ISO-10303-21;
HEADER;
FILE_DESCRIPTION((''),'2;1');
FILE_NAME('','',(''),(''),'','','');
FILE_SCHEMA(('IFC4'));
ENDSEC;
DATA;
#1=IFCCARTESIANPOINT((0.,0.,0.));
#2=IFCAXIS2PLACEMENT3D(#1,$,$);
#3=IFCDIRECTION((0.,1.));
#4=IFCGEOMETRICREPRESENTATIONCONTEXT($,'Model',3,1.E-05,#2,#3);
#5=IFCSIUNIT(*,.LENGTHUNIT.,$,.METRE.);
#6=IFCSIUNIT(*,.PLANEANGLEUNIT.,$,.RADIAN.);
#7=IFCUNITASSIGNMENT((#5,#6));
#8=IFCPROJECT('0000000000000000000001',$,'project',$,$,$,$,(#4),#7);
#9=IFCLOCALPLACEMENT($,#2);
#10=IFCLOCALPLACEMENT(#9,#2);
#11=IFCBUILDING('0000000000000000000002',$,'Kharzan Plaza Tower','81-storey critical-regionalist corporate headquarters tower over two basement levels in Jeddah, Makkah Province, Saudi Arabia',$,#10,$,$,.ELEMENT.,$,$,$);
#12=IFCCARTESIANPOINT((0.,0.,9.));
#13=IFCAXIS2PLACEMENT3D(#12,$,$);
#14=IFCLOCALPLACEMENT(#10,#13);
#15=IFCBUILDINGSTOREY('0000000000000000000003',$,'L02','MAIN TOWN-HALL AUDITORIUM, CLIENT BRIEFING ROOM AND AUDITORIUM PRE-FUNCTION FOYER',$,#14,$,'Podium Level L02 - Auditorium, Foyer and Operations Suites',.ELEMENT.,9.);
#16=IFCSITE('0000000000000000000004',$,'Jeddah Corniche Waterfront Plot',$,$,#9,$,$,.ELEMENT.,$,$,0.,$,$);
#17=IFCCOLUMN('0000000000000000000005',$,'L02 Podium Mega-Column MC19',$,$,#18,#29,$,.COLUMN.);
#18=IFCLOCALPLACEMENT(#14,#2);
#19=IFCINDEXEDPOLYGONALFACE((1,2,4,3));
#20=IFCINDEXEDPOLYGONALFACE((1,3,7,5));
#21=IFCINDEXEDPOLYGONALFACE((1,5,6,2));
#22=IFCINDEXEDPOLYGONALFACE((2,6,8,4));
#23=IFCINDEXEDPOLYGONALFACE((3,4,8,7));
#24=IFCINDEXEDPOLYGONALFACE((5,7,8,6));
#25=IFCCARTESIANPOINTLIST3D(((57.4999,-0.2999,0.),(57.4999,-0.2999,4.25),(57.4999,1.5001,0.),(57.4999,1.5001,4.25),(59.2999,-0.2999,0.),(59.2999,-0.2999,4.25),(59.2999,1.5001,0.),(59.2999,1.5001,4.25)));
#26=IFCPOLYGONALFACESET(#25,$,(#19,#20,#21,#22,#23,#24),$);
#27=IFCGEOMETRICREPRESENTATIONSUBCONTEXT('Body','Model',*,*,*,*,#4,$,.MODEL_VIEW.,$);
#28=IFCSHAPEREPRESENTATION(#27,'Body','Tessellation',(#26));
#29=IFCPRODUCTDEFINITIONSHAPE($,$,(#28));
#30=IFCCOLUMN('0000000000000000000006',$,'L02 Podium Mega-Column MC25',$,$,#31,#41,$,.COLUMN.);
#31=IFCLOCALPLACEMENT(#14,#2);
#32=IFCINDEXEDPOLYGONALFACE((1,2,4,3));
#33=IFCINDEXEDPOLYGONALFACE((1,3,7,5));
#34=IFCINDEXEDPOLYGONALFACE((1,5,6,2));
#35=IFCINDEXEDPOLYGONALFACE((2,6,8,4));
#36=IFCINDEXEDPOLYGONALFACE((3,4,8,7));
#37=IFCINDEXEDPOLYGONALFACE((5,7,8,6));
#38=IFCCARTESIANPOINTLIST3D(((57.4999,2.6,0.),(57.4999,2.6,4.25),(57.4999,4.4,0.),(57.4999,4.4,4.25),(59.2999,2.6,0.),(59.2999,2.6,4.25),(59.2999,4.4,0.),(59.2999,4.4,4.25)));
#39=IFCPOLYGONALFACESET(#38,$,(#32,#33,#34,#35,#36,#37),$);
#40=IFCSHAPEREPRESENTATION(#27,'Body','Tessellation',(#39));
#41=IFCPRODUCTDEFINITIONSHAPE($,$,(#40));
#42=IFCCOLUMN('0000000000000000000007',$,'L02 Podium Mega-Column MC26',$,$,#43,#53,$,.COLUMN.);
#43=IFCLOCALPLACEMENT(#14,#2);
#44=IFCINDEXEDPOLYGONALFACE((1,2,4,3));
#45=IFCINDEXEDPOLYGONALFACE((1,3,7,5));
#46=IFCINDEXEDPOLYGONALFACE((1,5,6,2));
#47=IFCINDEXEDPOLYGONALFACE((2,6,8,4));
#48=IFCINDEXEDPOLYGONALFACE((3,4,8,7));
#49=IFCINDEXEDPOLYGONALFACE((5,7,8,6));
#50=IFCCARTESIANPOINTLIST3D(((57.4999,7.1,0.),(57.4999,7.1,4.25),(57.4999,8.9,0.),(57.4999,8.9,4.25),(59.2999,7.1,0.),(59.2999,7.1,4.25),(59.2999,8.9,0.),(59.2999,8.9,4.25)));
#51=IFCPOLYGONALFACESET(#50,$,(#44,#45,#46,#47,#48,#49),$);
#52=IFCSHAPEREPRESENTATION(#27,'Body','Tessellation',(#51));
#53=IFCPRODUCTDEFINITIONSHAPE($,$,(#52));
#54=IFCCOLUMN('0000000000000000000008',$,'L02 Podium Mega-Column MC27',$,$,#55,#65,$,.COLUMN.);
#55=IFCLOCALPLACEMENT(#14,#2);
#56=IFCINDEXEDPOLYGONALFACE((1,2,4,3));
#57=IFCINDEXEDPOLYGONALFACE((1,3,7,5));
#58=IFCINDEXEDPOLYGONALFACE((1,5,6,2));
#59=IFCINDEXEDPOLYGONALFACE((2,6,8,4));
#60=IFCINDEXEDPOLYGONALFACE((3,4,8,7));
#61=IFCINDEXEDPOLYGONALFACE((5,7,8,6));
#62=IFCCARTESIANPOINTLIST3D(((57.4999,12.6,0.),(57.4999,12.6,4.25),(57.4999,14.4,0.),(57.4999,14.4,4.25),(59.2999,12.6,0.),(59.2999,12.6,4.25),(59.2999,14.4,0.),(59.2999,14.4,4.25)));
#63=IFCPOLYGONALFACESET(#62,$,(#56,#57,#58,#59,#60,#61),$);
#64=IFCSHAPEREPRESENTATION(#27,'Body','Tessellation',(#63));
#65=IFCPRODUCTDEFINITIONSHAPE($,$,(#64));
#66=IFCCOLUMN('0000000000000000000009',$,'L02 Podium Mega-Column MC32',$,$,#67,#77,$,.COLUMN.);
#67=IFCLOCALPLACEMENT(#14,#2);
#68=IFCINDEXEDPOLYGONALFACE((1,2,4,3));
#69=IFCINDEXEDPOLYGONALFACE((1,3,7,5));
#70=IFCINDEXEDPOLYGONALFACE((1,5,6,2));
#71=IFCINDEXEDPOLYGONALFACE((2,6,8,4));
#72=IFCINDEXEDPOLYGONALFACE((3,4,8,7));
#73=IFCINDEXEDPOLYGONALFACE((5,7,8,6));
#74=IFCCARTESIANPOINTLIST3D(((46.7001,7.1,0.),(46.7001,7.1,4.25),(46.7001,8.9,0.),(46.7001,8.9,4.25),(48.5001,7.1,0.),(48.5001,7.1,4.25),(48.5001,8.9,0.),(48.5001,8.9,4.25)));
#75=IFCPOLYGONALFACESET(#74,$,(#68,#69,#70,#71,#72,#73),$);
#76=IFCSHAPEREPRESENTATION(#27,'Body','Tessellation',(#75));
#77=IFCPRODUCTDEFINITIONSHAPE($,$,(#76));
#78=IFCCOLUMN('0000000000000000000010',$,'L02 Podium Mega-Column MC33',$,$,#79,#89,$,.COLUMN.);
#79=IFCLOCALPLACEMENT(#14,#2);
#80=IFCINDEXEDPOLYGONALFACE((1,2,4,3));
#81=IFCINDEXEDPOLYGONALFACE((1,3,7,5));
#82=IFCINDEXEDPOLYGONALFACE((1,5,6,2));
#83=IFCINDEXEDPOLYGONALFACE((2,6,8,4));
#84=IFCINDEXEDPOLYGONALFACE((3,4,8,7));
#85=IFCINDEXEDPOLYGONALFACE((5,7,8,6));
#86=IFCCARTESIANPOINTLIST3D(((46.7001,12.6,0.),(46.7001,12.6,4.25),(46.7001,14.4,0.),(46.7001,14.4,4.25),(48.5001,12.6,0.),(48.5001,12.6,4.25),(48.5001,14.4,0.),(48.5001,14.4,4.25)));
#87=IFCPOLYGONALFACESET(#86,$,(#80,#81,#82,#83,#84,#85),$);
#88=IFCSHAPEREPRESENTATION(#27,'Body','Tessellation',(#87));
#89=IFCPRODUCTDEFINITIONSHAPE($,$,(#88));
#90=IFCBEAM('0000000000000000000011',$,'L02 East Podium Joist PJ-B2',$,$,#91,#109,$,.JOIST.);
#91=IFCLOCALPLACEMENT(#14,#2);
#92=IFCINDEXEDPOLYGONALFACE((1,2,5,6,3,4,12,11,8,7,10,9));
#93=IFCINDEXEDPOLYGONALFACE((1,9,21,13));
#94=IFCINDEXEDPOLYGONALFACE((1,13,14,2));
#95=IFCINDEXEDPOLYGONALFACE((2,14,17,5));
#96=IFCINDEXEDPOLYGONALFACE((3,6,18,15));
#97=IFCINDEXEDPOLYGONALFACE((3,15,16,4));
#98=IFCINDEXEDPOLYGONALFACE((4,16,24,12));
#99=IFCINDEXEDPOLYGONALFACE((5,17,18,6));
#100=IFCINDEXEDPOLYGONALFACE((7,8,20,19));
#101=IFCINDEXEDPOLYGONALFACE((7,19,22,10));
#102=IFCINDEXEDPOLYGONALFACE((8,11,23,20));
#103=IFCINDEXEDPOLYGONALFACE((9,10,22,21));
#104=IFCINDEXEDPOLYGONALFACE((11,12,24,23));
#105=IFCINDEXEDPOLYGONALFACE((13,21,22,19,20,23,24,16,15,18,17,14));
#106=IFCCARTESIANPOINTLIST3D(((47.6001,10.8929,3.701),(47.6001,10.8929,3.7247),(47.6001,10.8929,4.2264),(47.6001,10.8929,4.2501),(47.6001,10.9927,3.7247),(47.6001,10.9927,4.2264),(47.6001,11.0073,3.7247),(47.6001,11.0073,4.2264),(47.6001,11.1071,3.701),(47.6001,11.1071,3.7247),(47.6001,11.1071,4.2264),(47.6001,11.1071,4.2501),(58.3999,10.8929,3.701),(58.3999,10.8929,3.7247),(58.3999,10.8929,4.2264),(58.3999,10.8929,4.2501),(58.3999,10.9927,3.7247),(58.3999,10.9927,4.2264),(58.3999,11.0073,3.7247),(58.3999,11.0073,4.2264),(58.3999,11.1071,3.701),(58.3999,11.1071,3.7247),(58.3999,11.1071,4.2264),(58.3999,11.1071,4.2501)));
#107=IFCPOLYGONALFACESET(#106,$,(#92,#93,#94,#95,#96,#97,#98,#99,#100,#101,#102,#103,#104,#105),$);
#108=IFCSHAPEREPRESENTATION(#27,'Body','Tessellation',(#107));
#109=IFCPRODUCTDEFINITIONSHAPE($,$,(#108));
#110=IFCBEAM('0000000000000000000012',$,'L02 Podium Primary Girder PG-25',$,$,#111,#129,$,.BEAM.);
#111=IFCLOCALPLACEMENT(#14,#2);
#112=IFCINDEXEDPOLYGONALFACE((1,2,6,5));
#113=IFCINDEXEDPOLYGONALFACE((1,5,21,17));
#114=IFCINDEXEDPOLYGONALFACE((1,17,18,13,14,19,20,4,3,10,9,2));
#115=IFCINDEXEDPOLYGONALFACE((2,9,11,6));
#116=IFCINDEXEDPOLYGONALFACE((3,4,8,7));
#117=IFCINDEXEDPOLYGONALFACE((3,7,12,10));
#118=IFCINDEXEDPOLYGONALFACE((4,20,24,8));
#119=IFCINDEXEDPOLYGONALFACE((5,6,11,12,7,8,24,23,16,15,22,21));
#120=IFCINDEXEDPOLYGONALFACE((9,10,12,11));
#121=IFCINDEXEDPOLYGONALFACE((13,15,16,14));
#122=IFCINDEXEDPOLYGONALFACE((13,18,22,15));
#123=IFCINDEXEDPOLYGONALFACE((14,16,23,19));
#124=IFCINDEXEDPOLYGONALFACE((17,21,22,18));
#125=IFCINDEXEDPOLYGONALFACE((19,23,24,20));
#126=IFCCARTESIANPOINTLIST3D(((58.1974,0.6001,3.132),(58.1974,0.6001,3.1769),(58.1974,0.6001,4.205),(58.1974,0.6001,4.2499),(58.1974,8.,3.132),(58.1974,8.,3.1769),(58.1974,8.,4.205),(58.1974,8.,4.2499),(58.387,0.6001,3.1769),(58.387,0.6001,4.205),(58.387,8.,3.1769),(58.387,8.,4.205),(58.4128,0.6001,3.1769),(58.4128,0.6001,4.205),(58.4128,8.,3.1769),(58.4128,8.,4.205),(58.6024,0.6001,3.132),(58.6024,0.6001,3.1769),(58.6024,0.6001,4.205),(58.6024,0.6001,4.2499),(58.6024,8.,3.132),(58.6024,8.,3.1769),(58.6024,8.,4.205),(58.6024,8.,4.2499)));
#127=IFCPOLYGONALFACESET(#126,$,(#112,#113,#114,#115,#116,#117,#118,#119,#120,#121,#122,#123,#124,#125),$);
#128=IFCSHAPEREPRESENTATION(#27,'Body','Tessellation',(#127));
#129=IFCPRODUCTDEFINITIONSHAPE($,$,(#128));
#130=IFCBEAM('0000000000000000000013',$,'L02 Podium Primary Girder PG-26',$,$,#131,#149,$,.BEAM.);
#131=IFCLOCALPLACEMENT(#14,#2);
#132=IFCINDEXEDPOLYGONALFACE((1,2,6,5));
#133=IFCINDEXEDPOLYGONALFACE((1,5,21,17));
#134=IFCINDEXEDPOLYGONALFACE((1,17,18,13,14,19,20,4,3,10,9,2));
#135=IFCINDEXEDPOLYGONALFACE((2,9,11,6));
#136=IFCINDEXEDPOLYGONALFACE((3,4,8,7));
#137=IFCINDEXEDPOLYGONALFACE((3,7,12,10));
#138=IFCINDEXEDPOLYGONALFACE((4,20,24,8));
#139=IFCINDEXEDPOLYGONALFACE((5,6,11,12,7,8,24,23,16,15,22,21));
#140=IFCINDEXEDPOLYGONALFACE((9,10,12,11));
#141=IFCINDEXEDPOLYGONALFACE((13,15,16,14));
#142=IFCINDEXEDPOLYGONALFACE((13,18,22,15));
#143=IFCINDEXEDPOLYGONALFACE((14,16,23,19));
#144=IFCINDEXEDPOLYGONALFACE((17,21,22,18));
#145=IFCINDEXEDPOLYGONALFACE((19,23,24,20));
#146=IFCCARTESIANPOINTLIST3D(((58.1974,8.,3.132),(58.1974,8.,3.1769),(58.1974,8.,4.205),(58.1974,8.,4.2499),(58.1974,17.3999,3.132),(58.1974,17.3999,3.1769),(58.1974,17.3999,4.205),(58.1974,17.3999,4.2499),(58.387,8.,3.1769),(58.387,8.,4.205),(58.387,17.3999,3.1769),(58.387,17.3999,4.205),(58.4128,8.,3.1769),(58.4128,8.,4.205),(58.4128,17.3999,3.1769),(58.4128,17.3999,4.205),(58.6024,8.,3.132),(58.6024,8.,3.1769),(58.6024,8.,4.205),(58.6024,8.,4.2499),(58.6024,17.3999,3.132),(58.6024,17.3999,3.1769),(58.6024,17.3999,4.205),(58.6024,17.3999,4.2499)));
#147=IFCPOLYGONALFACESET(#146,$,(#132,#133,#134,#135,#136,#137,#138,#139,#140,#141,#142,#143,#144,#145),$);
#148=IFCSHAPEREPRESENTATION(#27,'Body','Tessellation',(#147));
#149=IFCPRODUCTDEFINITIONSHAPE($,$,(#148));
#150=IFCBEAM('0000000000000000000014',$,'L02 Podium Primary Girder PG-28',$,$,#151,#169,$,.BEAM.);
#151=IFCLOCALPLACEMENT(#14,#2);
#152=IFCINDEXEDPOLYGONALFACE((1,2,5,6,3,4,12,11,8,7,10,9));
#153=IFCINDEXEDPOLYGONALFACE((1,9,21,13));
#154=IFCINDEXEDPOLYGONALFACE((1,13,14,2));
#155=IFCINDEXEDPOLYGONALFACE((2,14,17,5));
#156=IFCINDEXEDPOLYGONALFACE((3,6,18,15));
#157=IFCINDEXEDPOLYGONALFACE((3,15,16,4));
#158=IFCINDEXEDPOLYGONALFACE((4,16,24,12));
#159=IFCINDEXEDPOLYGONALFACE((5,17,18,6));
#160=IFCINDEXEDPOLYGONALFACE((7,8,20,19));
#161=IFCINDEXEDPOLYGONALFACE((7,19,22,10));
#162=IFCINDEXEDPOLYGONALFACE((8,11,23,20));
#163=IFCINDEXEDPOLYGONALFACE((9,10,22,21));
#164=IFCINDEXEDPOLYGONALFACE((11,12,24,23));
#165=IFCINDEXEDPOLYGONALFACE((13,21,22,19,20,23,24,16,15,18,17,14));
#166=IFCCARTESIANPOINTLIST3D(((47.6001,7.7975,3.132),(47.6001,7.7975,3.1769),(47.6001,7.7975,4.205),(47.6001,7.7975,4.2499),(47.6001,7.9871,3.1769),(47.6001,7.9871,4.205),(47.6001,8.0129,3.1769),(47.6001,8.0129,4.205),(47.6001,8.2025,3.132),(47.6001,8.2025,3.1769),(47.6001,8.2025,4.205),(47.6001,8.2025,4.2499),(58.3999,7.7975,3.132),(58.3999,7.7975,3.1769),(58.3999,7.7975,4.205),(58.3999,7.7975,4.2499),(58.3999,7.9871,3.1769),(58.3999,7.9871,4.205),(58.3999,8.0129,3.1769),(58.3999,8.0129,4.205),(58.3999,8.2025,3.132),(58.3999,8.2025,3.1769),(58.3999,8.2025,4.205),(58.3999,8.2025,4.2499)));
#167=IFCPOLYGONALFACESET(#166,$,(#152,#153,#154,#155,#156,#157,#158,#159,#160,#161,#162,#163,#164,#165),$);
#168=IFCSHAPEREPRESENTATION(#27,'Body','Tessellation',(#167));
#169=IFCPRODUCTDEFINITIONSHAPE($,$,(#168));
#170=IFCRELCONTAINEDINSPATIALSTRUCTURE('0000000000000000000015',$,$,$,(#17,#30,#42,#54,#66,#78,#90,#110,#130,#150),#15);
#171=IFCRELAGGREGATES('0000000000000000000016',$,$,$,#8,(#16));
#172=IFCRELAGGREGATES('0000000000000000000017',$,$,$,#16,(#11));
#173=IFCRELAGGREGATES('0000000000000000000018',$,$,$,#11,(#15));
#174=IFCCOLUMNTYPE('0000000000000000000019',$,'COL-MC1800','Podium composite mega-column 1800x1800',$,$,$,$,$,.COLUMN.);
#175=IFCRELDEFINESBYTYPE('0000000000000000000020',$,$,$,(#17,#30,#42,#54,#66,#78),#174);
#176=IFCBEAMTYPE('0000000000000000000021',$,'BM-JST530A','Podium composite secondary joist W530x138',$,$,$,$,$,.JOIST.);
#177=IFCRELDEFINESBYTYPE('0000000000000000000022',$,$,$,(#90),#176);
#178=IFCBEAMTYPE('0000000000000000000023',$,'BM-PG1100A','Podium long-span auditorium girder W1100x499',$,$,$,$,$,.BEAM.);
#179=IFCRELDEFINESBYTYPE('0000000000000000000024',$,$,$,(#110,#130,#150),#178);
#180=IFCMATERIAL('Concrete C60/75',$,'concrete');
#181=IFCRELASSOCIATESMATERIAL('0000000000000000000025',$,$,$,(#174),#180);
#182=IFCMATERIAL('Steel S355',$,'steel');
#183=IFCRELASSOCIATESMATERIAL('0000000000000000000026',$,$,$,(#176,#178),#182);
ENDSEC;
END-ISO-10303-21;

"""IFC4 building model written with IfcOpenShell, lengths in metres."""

from ifc_helpers import new_model, si_unit, direction, frame, origin, origin_2d, place, context, subcontext, project, spatial, rectangle, i_section, extrude, source, transform, mapped, material, material_profile, profile_set, type_object, element, save


model = new_model("IFC4")

# Units and contexts
model_context = context("Model", 3, precision=1e-05, world=origin(), true_north=direction((0.0, 1.0)))
body_context = subcontext(model_context, "Body", "Model", "MODEL_VIEW")
ifc_project = project(units=[si_unit("LENGTHUNIT", "METRE"), si_unit("PLANEANGLEUNIT", "RADIAN")], contexts=[model_context])

# Site, building, storey
site_placement = place(None, origin())
site = spatial("IfcSite", under=ifc_project, at=site_placement, Name="Jeddah Corniche Waterfront Plot", CompositionType="ELEMENT", RefElevation=0.0)
building_placement = place(site_placement, origin())
building = spatial("IfcBuilding", under=site, at=building_placement, Name="Kharzan Plaza Tower", Description="81-storey critical-regionalist corporate headquarters tower over two basement levels in Jeddah, Makkah Province, Saudi Arabia", CompositionType="ELEMENT")
storey_placement = place(building_placement, frame((0.0, 0.0, 9.0)))
storey = spatial("IfcBuildingStorey", under=building, at=storey_placement, Name="L02", Description="MAIN TOWN-HALL AUDITORIUM, CLIENT BRIEFING ROOM AND AUDITORIUM PRE-FUNCTION FOYER", LongName="Podium Level L02 - Auditorium, Foyer and Operations Suites", CompositionType="ELEMENT", Elevation=9.0)

# Columns
ifc_material_1 = material(Name="Concrete C60/75", Category="concrete")
ifc_material_profile_1 = material_profile(ifc_material_1, rectangle(XDim=1.8, YDim=1.8, at=origin_2d()), Name="RC-MC1800x1800")
ifc_profile_set_1 = profile_set([ifc_material_profile_1], Name="Concrete C60/75")
column_type = type_object("IfcColumnType", Name="COL-MC1800", Description="Podium composite mega-column 1800x1800", PredefinedType="COLUMN", material=ifc_profile_set_1)
shared_shape_1 = source(origin(), body_context, "Body", "SweptSolid", [
    extrude(rectangle(XDim=1.8, YDim=1.8, at=origin_2d()), origin(), (0.0, 0.0, 1.0), 4.25),
])
for number, where, z_axis, x_axis, name in (
    (1, (58.3999, 0.6001, 0.0), (0.0, 0.0, 1.0), (1.0, 0.0, 0.0), "L02 Podium Mega-Column MC19"),
    (2, (58.3999, 3.5, 0.0), (0.0, 0.0, 1.0), (1.0, 0.0, 0.0), "L02 Podium Mega-Column MC25"),
    (3, (58.3999, 8.0, 0.0), (0.0, 0.0, 1.0), (1.0, 0.0, 0.0), "L02 Podium Mega-Column MC26"),
    (4, (58.3999, 13.5, 0.0), (0.0, 0.0, 1.0), (1.0, 0.0, 0.0), "L02 Podium Mega-Column MC27"),
    (5, (47.6001, 8.0, 0.0), (0.0, 0.0, 1.0), (1.0, 0.0, 0.0), "L02 Podium Mega-Column MC32"),
    (6, (47.6001, 13.5, 0.0), (0.0, 0.0, 1.0), (1.0, 0.0, 0.0), "L02 Podium Mega-Column MC33"),
):
    element("IfcColumn", number, at=place(storey_placement, frame(where, z_axis=z_axis, x_axis=x_axis)), inside=storey, type_object=column_type, Name=name, PredefinedType="COLUMN", context=body_context, shape_type="MappedRepresentation", body=[
        mapped(shared_shape_1, transform((0.0, 0.0, 0.0), x_axis=(1.0, 0.0, 0.0), y_axis=(0.0, 1.0, 0.0), z_axis=(0.0, 0.0, 1.0))),
    ])

# Beams
ifc_material_2 = material(Name="Steel S355", Category="steel")
ifc_material_profile_2 = material_profile(ifc_material_2, i_section(OverallWidth=0.2141, OverallDepth=0.5491, WebThickness=0.0146, FlangeThickness=0.0237, at=origin_2d()), Name="W530x138")
ifc_profile_set_2 = profile_set([ifc_material_profile_2], Name="Steel S355")
beam_type_1 = type_object("IfcBeamType", Name="BM-JST530A", Description="Podium composite secondary joist W530x138", PredefinedType="JOIST", material=ifc_profile_set_2)
shared_shape_2 = source(origin(), body_context, "Body", "SweptSolid", [
    extrude(i_section(OverallWidth=0.2141, OverallDepth=0.5491, WebThickness=0.0146, FlangeThickness=0.0237, at=origin_2d()), origin(), (0.0, 0.0, 1.0), 10.7998),
])
beam_1_placement = place(storey_placement, frame((47.6001, 11.0, 3.9756), z_axis=(1.0, 0.0, 0.0), x_axis=(0.0, 1.0, 0.0)))
element("IfcBeam", 7, at=beam_1_placement, inside=storey, type_object=beam_type_1, Name="L02 East Podium Joist PJ-B2", PredefinedType="JOIST", context=body_context, shape_type="MappedRepresentation", body=[
    mapped(shared_shape_2, transform((0.0, 0.0, 0.0), x_axis=(1.0, 0.0, 0.0), y_axis=(0.0, 1.0, 0.0), z_axis=(0.0, 0.0, 1.0))),
])
ifc_material_profile_3 = material_profile(ifc_material_2, i_section(OverallWidth=0.405, OverallDepth=1.1179, WebThickness=0.0259, FlangeThickness=0.0449, at=origin_2d()), Name="W1100x499")
ifc_profile_set_3 = profile_set([ifc_material_profile_3], Name="Steel S355")
beam_type_2 = type_object("IfcBeamType", Name="BM-PG1100A", Description="Podium long-span auditorium girder W1100x499", PredefinedType="BEAM", material=ifc_profile_set_3)
shared_shape_3 = source(origin(), body_context, "Body", "SweptSolid", [
    extrude(i_section(OverallWidth=0.405, OverallDepth=1.1179, WebThickness=0.0259, FlangeThickness=0.0449, at=origin_2d()), origin(), (0.0, 0.0, 1.0), 7.3999),
])
beam_2_placement = place(storey_placement, frame((58.3999, 0.6001, 3.6909), z_axis=(0.0, 1.0, 0.0), x_axis=(-1.0, 0.0, 0.0)))
element("IfcBeam", 8, at=beam_2_placement, inside=storey, type_object=beam_type_2, Name="L02 Podium Primary Girder PG-25", PredefinedType="BEAM", context=body_context, shape_type="MappedRepresentation", body=[
    mapped(shared_shape_3, transform((0.0, 0.0, 0.0), x_axis=(1.0, 0.0, 0.0), y_axis=(0.0, 1.0, 0.0), z_axis=(0.0, 0.0, 1.0))),
])
shared_shape_4 = source(origin(), body_context, "Body", "SweptSolid", [
    extrude(i_section(OverallWidth=0.405, OverallDepth=1.1179, WebThickness=0.0259, FlangeThickness=0.0449, at=origin_2d()), origin(), (0.0, 0.0, 1.0), 9.3999),
])
beam_3_placement = place(storey_placement, frame((58.3999, 8.0, 3.6909), z_axis=(0.0, 1.0, 0.0), x_axis=(-1.0, 0.0, 0.0)))
element("IfcBeam", 9, at=beam_3_placement, inside=storey, type_object=beam_type_2, Name="L02 Podium Primary Girder PG-26", PredefinedType="BEAM", context=body_context, shape_type="MappedRepresentation", body=[
    mapped(shared_shape_4, transform((0.0, 0.0, 0.0), x_axis=(1.0, 0.0, 0.0), y_axis=(0.0, 1.0, 0.0), z_axis=(0.0, 0.0, 1.0))),
])
shared_shape_5 = source(origin(), body_context, "Body", "SweptSolid", [
    extrude(i_section(OverallWidth=0.405, OverallDepth=1.1179, WebThickness=0.0259, FlangeThickness=0.0449, at=origin_2d()), origin(), (0.0, 0.0, 1.0), 10.7998),
])
beam_4_placement = place(storey_placement, frame((47.6001, 8.0, 3.6909), z_axis=(1.0, 0.0, 0.0), x_axis=(0.0, 1.0, 0.0)))
element("IfcBeam", 10, at=beam_4_placement, inside=storey, type_object=beam_type_2, Name="L02 Podium Primary Girder PG-28", PredefinedType="BEAM", context=body_context, shape_type="MappedRepresentation", body=[
    mapped(shared_shape_5, transform((0.0, 0.0, 0.0), x_axis=(1.0, 0.0, 0.0), y_axis=(0.0, 1.0, 0.0), z_axis=(0.0, 0.0, 1.0))),
])

save(model, "model.ifc")
